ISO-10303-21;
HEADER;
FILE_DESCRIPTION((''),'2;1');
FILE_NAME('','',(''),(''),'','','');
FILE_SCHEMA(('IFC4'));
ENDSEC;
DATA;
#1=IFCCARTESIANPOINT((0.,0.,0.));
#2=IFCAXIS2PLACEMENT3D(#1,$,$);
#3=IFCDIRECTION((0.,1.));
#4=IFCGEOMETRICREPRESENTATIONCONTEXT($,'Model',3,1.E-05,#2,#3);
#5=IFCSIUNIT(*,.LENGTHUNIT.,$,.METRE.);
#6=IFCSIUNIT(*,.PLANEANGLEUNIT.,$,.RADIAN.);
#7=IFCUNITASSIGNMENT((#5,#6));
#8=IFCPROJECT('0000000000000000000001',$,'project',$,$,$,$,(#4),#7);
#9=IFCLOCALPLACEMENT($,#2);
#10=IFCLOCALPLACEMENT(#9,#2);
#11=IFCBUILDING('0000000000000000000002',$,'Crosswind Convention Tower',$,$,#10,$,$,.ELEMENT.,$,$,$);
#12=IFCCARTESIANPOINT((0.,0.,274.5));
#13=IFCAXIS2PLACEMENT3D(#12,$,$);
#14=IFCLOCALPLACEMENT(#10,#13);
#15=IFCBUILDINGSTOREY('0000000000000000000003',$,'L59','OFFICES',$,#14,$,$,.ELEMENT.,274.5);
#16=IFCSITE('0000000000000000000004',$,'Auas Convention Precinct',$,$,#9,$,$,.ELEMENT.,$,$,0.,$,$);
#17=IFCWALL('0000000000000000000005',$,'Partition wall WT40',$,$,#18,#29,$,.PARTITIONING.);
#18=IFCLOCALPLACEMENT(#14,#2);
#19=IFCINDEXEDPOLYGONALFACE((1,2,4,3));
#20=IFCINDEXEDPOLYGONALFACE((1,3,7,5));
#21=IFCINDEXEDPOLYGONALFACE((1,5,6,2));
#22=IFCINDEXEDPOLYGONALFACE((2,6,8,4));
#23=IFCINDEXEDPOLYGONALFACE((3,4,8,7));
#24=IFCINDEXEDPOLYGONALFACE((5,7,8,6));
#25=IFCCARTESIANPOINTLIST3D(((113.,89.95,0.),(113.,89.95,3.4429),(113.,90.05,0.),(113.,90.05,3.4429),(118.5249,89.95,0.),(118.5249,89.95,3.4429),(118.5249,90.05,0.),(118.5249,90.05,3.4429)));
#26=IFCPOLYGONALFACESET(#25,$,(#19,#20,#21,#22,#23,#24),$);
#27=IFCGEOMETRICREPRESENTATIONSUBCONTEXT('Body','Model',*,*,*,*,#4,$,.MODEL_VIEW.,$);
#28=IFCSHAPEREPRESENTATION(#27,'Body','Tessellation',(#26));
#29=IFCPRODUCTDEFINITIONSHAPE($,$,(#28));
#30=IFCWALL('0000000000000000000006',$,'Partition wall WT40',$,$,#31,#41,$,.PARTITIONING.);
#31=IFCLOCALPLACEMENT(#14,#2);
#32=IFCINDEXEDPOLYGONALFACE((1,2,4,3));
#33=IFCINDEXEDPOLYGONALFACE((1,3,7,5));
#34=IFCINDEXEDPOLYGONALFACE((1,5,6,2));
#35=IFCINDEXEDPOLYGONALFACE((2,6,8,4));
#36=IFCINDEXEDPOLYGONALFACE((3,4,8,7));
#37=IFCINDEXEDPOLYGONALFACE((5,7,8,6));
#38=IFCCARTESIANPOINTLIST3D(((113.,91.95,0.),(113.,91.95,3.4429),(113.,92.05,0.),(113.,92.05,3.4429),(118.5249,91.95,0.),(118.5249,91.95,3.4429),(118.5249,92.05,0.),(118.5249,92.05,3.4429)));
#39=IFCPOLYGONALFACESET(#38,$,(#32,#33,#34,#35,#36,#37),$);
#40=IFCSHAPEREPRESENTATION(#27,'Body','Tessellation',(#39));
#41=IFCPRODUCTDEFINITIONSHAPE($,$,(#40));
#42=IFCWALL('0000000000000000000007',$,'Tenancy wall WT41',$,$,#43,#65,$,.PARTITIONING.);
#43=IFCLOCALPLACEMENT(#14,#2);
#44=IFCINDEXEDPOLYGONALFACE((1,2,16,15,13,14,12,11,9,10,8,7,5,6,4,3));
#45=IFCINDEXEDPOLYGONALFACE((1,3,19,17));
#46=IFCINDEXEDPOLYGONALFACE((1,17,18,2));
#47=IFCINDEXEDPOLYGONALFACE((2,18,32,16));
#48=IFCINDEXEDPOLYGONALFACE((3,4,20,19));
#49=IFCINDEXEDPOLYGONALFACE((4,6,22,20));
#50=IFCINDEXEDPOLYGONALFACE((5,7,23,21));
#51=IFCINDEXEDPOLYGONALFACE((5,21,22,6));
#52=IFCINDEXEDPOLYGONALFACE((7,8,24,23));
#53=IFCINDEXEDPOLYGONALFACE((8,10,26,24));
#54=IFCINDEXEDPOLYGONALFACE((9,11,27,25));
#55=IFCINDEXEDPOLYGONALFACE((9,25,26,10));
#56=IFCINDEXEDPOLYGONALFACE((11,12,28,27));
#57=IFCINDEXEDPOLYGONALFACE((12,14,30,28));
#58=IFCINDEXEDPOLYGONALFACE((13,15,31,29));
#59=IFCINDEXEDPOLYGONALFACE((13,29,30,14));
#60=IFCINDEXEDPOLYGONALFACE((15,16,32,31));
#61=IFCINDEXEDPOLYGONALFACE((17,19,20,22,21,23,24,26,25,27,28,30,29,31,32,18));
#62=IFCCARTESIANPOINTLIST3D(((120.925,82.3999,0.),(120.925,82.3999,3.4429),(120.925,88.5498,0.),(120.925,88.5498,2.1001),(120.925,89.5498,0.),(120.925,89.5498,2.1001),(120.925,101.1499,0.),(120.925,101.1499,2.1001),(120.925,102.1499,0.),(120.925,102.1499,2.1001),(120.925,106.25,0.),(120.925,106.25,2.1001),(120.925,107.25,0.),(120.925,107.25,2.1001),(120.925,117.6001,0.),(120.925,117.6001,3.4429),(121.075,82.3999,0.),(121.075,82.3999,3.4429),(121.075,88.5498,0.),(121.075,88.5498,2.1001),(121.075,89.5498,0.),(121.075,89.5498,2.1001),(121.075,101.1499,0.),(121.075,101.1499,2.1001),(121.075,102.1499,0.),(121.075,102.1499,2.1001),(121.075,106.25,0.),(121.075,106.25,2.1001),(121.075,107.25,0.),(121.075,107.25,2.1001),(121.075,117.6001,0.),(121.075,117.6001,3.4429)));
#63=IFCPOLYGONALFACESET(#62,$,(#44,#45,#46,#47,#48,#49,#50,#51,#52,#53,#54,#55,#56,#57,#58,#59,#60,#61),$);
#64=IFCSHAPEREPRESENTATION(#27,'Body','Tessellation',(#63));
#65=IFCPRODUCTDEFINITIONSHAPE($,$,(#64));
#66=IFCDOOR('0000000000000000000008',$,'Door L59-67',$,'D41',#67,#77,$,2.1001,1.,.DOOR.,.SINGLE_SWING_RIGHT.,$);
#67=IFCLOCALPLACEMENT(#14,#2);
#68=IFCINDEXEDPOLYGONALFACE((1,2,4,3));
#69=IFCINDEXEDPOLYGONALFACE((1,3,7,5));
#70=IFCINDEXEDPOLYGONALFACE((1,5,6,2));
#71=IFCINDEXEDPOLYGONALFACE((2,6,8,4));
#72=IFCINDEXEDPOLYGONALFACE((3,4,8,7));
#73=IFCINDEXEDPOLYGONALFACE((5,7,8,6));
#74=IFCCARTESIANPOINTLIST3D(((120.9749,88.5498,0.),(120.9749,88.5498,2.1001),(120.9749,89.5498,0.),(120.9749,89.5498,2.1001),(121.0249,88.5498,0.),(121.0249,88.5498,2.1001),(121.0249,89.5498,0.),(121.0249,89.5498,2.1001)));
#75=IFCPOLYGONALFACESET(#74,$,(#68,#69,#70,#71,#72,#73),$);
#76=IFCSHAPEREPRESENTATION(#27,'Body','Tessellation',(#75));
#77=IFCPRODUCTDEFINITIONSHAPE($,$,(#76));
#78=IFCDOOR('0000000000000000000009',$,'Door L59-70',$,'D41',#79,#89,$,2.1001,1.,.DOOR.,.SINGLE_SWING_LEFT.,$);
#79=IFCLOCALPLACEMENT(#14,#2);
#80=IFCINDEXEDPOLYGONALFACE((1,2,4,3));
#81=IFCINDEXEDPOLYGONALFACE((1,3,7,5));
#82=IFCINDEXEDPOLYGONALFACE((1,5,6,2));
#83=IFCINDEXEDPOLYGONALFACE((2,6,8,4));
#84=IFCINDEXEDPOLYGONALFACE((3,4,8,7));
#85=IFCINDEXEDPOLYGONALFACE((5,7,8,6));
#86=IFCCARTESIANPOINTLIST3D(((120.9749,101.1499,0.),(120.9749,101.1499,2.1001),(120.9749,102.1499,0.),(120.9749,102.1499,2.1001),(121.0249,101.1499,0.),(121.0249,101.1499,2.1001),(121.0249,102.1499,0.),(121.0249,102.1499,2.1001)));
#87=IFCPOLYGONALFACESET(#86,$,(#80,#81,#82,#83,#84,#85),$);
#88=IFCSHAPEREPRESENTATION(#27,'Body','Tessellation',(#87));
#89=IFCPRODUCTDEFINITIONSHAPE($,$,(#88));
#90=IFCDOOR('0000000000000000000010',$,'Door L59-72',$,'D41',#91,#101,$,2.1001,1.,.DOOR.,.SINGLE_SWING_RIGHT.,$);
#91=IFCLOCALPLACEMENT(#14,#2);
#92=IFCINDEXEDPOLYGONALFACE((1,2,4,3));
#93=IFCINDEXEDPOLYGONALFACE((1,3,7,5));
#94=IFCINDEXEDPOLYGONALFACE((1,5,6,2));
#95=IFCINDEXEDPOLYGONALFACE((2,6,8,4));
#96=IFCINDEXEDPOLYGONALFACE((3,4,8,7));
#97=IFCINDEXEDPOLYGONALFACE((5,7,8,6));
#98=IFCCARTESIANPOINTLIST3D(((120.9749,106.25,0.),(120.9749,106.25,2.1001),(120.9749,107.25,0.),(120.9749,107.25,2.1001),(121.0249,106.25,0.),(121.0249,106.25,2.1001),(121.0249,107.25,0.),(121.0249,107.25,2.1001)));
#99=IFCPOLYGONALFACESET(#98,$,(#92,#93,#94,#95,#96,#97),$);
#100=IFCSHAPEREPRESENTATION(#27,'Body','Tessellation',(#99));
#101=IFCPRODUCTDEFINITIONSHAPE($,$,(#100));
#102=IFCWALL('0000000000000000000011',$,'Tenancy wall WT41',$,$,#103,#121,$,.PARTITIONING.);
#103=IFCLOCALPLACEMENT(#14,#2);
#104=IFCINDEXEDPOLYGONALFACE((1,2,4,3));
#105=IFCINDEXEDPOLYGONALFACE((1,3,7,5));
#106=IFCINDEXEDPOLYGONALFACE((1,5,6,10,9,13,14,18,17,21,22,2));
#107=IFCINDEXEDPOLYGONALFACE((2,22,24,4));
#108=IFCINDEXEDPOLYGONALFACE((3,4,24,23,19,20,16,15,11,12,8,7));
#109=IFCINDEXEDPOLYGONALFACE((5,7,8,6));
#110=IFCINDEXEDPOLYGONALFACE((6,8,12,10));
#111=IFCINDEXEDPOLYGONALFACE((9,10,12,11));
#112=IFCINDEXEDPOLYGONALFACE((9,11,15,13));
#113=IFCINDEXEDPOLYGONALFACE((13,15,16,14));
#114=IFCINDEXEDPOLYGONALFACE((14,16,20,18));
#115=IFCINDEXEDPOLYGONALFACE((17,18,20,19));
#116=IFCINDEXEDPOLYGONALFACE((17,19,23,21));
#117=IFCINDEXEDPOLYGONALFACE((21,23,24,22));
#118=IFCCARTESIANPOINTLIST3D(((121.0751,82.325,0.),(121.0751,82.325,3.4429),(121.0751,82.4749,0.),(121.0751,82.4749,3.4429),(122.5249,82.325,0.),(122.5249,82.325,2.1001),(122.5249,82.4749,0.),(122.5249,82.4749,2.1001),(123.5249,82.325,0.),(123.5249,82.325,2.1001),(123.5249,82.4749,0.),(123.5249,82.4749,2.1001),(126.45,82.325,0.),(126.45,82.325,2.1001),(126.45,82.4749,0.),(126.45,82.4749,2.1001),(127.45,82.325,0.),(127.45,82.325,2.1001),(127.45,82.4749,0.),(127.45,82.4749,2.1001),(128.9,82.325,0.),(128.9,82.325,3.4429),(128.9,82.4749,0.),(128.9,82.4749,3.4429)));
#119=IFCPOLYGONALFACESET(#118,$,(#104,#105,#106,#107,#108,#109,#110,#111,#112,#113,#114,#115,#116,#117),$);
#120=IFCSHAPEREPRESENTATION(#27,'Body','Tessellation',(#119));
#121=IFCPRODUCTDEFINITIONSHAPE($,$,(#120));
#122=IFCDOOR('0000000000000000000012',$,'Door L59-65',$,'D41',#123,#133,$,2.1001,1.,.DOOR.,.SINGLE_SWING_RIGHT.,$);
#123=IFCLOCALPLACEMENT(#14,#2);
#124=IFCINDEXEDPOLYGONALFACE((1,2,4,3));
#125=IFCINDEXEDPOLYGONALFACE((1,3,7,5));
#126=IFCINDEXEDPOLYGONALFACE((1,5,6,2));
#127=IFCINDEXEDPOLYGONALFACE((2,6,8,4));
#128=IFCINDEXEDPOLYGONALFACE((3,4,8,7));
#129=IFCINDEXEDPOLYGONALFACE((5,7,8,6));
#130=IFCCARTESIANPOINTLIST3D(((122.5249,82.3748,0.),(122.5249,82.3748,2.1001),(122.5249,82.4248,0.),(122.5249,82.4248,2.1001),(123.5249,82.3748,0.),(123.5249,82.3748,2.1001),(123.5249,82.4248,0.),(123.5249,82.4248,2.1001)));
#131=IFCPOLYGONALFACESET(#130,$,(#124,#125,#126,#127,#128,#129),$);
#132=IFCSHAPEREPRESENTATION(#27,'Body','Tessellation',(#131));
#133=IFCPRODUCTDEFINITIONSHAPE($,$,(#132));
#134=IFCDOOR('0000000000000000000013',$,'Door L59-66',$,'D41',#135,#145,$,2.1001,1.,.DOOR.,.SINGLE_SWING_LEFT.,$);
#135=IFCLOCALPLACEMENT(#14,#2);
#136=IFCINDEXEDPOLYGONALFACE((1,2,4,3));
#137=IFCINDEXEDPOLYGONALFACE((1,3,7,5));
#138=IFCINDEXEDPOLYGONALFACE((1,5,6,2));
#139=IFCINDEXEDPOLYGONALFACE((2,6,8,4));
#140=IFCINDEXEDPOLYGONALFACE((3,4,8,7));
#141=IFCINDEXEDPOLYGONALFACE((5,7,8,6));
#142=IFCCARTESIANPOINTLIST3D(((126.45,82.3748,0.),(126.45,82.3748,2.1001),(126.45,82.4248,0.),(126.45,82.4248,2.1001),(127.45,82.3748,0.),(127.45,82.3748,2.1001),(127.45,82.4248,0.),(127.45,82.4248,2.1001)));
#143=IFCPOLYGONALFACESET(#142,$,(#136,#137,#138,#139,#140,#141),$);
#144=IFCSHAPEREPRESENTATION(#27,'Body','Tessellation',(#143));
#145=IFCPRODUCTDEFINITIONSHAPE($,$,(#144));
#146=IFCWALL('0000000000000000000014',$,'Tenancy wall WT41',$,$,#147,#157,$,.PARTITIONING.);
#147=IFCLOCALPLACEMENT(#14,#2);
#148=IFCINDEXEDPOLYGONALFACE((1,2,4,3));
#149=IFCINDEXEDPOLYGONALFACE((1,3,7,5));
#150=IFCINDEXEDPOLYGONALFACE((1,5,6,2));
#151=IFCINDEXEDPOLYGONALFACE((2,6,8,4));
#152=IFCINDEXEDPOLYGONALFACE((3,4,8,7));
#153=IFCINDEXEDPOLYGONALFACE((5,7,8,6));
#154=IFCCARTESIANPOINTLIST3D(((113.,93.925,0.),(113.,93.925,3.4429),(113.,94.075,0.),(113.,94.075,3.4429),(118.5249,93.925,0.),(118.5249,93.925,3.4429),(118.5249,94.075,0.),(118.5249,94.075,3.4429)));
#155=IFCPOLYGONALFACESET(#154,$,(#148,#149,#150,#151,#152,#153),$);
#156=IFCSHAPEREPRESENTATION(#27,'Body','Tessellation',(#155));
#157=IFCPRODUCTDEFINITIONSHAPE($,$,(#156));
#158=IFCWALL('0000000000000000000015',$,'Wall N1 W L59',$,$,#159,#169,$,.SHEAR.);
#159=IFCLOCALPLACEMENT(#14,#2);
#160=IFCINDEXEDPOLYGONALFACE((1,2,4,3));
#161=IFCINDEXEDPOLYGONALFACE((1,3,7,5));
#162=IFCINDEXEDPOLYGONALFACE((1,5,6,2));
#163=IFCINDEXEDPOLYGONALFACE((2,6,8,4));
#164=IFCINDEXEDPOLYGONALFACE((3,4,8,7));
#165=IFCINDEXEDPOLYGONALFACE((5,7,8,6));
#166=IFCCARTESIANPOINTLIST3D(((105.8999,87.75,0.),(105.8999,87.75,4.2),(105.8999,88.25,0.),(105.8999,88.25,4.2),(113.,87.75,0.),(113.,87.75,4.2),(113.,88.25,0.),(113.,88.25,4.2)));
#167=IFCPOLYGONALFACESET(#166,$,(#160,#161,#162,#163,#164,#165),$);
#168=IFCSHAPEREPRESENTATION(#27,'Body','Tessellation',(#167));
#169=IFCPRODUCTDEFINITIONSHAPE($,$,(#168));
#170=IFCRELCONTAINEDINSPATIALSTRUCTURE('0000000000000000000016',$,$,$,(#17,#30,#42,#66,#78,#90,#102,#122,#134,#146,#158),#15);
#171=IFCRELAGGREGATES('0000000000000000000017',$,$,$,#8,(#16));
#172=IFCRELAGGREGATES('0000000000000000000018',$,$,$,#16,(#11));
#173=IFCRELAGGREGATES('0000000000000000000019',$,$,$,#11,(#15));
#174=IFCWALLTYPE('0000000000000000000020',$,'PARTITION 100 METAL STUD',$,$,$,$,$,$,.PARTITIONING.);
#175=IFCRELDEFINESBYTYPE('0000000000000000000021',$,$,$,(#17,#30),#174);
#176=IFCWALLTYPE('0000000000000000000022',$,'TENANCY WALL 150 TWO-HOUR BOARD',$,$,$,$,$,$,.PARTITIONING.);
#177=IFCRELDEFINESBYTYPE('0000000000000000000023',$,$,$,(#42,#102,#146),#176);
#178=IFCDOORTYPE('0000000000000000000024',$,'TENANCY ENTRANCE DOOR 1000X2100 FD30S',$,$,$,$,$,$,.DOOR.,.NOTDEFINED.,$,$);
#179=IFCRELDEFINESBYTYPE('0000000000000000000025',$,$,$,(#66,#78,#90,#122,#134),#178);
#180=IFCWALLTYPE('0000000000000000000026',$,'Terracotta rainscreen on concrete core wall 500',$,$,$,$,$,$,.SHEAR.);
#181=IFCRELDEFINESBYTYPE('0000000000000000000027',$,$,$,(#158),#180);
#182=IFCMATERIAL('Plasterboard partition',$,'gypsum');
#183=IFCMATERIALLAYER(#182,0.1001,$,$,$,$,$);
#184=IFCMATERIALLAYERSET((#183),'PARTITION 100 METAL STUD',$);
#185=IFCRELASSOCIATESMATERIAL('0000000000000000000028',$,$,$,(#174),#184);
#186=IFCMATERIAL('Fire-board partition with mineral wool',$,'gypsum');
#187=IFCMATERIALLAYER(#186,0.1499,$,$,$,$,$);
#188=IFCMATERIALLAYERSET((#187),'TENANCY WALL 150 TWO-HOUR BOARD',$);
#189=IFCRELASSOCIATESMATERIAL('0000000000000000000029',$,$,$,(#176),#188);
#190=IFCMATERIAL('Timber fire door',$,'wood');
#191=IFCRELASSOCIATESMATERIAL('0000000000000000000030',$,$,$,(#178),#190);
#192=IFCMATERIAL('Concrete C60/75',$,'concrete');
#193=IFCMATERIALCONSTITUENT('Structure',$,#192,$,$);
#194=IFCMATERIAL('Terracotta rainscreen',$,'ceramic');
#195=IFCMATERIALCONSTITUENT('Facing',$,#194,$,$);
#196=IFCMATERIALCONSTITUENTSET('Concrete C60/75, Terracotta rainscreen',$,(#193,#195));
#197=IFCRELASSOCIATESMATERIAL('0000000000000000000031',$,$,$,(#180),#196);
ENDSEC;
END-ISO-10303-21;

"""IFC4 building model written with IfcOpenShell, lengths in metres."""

from ifc_helpers import new_model, si_unit, direction, frame, frame_2d, origin, place, context, subcontext, project, spatial, rectangle, extrude, material, layer, layer_set, constituent, constituent_set, type_object, element, fill, save


model = new_model("IFC4")

# Units and contexts
model_context = context("Model", 3, precision=1e-05, world=origin(), true_north=direction((0.0, 1.0)))
body_context = subcontext(model_context, "Body", "Model", "MODEL_VIEW")
ifc_project = project(units=[si_unit("LENGTHUNIT", "METRE"), si_unit("PLANEANGLEUNIT", "RADIAN")], contexts=[model_context])

# Site, building, storey
site_placement = place(None, origin())
site = spatial("IfcSite", under=ifc_project, at=site_placement, Name="Auas Convention Precinct", CompositionType="ELEMENT", RefElevation=0.0)
building_placement = place(site_placement, origin())
building = spatial("IfcBuilding", under=site, at=building_placement, Name="Crosswind Convention Tower", CompositionType="ELEMENT")
storey_placement = place(building_placement, frame((0.0, 0.0, 274.5)))
storey = spatial("IfcBuildingStorey", under=building, at=storey_placement, Name="L59", Description="OFFICES", CompositionType="ELEMENT", Elevation=274.5)

# Shared definitions
ifc_material_1 = material(Name="Concrete C60/75", Category="concrete")

# Walls
ifc_material_2 = material(Name="Plasterboard partition", Category="gypsum")
ifc_layer_1 = layer(ifc_material_2, 0.1001)
ifc_layer_set_1 = layer_set([ifc_layer_1], Name="PARTITION 100 METAL STUD")
wall_type_1 = type_object("IfcWallType", Name="PARTITION 100 METAL STUD", PredefinedType="PARTITIONING", material=ifc_layer_set_1)
for number, where, z_axis, x_axis, name in (
    (1, (113.0, 90.0, 0.0), (0.0, 0.0, 1.0), (1.0, 0.0, 0.0), "Partition wall WT40"),
    (2, (113.0, 92.0, 0.0), (0.0, 0.0, 1.0), (1.0, 0.0, 0.0), "Partition wall WT40"),
):
    element("IfcWall", number, at=place(storey_placement, frame(where, z_axis=z_axis, x_axis=x_axis)), inside=storey, type_object=wall_type_1, Name=name, PredefinedType="PARTITIONING", context=body_context, shape_type="SweptSolid", body=[
        extrude(rectangle(XDim=5.5249, YDim=0.1001, at=frame_2d((2.7625, 0.0))), origin(), (0.0, 0.0, 1.0), 3.4429),
    ])

# Walls, openings, doors
ifc_material_3 = material(Name="Fire-board partition with mineral wool", Category="gypsum")
ifc_layer_2 = layer(ifc_material_3, 0.1499)
ifc_layer_set_2 = layer_set([ifc_layer_2], Name="TENANCY WALL 150 TWO-HOUR BOARD")
wall_type_2 = type_object("IfcWallType", Name="TENANCY WALL 150 TWO-HOUR BOARD", PredefinedType="PARTITIONING", material=ifc_layer_set_2)
wall_1_placement = place(storey_placement, frame((121.0, 82.3999, 0.0), z_axis=(0.0, 0.0, 1.0), x_axis=(0.0, 1.0, 0.0)))
wall_1 = element("IfcWall", 3, at=wall_1_placement, inside=storey, type_object=wall_type_2, Name="Tenancy wall WT41", PredefinedType="PARTITIONING", context=body_context, shape_type="SweptSolid", body=[
    extrude(rectangle(XDim=35.2002, YDim=0.1499, at=frame_2d((17.6001, 0.0))), origin(), (0.0, 0.0, 1.0), 3.4429),
])
opening_1_placement = place(wall_1_placement, frame((6.1499, 0.0, 0.0)))
opening_1 = element("IfcOpeningElement", 4, at=opening_1_placement, cuts=wall_1, PredefinedType="OPENING", context=body_context, shape_type="SweptSolid", body=[
    extrude(rectangle(XDim=1.0, YDim=2.1001, at=frame_2d((0.5, 1.05))), frame((0.0, 0.085, 0.0), z_axis=(0.0, -1.0, 0.0), x_axis=(1.0, 0.0, 0.0)), (0.0, 0.0, 1.0), 0.1699),
])
opening_2_placement = place(wall_1_placement, frame((18.75, 0.0, 0.0)))
opening_2 = element("IfcOpeningElement", 5, at=opening_2_placement, cuts=wall_1, PredefinedType="OPENING", context=body_context, shape_type="SweptSolid", body=[
    extrude(rectangle(XDim=1.0, YDim=2.1001, at=frame_2d((0.5, 1.05))), frame((0.0, 0.085, 0.0), z_axis=(0.0, -1.0, 0.0), x_axis=(1.0, 0.0, 0.0)), (0.0, 0.0, 1.0), 0.1699),
])
opening_3_placement = place(wall_1_placement, frame((23.8501, 0.0, 0.0)))
opening_3 = element("IfcOpeningElement", 6, at=opening_3_placement, cuts=wall_1, PredefinedType="OPENING", context=body_context, shape_type="SweptSolid", body=[
    extrude(rectangle(XDim=1.0, YDim=2.1001, at=frame_2d((0.5, 1.05))), frame((0.0, 0.085, 0.0), z_axis=(0.0, -1.0, 0.0), x_axis=(1.0, 0.0, 0.0)), (0.0, 0.0, 1.0), 0.1699),
])
ifc_material_4 = material(Name="Timber fire door", Category="wood")
door_type = type_object("IfcDoorType", Name="TENANCY ENTRANCE DOOR 1000X2100 FD30S", OperationType="NOTDEFINED", PredefinedType="DOOR", material=ifc_material_4)
door_1_placement = place(opening_1_placement, frame((1.0, 0.0, 0.0), z_axis=(0.0, 0.0, 1.0), x_axis=(-1.0, 0.0, 0.0)))
door_1 = element("IfcDoor", 7, at=door_1_placement, inside=storey, type_object=door_type, Name="Door L59-67", ObjectType="D41", OperationType="SINGLE_SWING_RIGHT", OverallHeight=2.1001, OverallWidth=1.0, PredefinedType="DOOR", context=body_context, shape_type="SweptSolid", body=[
    extrude(rectangle(XDim=1.0, YDim=2.1001, at=frame_2d((0.5, 1.05))), frame((0.0, 0.0249, 0.0), z_axis=(0.0, -1.0, 0.0), x_axis=(1.0, 0.0, 0.0)), (0.0, 0.0, 1.0), 0.05),
])
fill(opening_1, door_1)
door_2_placement = place(opening_2_placement, frame((1.0, 0.0, 0.0), z_axis=(0.0, 0.0, 1.0), x_axis=(-1.0, 0.0, 0.0)))
door_2 = element("IfcDoor", 8, at=door_2_placement, inside=storey, type_object=door_type, Name="Door L59-70", ObjectType="D41", OperationType="SINGLE_SWING_LEFT", OverallHeight=2.1001, OverallWidth=1.0, PredefinedType="DOOR", context=body_context, shape_type="SweptSolid", body=[
    extrude(rectangle(XDim=1.0, YDim=2.1001, at=frame_2d((0.5, 1.05))), frame((0.0, 0.0249, 0.0), z_axis=(0.0, -1.0, 0.0), x_axis=(1.0, 0.0, 0.0)), (0.0, 0.0, 1.0), 0.05),
])
fill(opening_2, door_2)
door_3_placement = place(opening_3_placement, frame((1.0, 0.0, 0.0), z_axis=(0.0, 0.0, 1.0), x_axis=(-1.0, 0.0, 0.0)))
door_3 = element("IfcDoor", 9, at=door_3_placement, inside=storey, type_object=door_type, Name="Door L59-72", ObjectType="D41", OperationType="SINGLE_SWING_RIGHT", OverallHeight=2.1001, OverallWidth=1.0, PredefinedType="DOOR", context=body_context, shape_type="SweptSolid", body=[
    extrude(rectangle(XDim=1.0, YDim=2.1001, at=frame_2d((0.5, 1.05))), frame((0.0, 0.0249, 0.0), z_axis=(0.0, -1.0, 0.0), x_axis=(1.0, 0.0, 0.0)), (0.0, 0.0, 1.0), 0.05),
])
fill(opening_3, door_3)
wall_2_placement = place(storey_placement, frame((121.075, 82.3999, 0.0), z_axis=(0.0, 0.0, 1.0), x_axis=(1.0, 0.0, 0.0)))
wall_2 = element("IfcWall", 10, at=wall_2_placement, inside=storey, type_object=wall_type_2, Name="Tenancy wall WT41", PredefinedType="PARTITIONING", context=body_context, shape_type="SweptSolid", body=[
    extrude(rectangle(XDim=7.825, YDim=0.1499, at=frame_2d((3.9126, 0.0))), origin(), (0.0, 0.0, 1.0), 3.4429),
])
opening_4_placement = place(wall_2_placement, frame((1.45, 0.0, 0.0)))
opening_4 = element("IfcOpeningElement", 11, at=opening_4_placement, cuts=wall_2, PredefinedType="OPENING", context=body_context, shape_type="SweptSolid", body=[
    extrude(rectangle(XDim=1.0, YDim=2.1001, at=frame_2d((0.5, 1.05))), frame((0.0, 0.085, 0.0), z_axis=(0.0, -1.0, 0.0), x_axis=(1.0, 0.0, 0.0)), (0.0, 0.0, 1.0), 0.1699),
])
opening_5_placement = place(wall_2_placement, frame((5.375, 0.0, 0.0)))
opening_5 = element("IfcOpeningElement", 12, at=opening_5_placement, cuts=wall_2, PredefinedType="OPENING", context=body_context, shape_type="SweptSolid", body=[
    extrude(rectangle(XDim=1.0, YDim=2.1001, at=frame_2d((0.5, 1.05))), frame((0.0, 0.085, 0.0), z_axis=(0.0, -1.0, 0.0), x_axis=(1.0, 0.0, 0.0)), (0.0, 0.0, 1.0), 0.1699),
])
door_4_placement = place(opening_4_placement, origin())
door_4 = element("IfcDoor", 13, at=door_4_placement, inside=storey, type_object=door_type, Name="Door L59-65", ObjectType="D41", OperationType="SINGLE_SWING_RIGHT", OverallHeight=2.1001, OverallWidth=1.0, PredefinedType="DOOR", context=body_context, shape_type="SweptSolid", body=[
    extrude(rectangle(XDim=1.0, YDim=2.1001, at=frame_2d((0.5, 1.05))), frame((0.0, 0.0249, 0.0), z_axis=(0.0, -1.0, 0.0), x_axis=(1.0, 0.0, 0.0)), (0.0, 0.0, 1.0), 0.05),
])
fill(opening_4, door_4)
door_5_placement = place(opening_5_placement, origin())
door_5 = element("IfcDoor", 14, at=door_5_placement, inside=storey, type_object=door_type, Name="Door L59-66", ObjectType="D41", OperationType="SINGLE_SWING_LEFT", OverallHeight=2.1001, OverallWidth=1.0, PredefinedType="DOOR", context=body_context, shape_type="SweptSolid", body=[
    extrude(rectangle(XDim=1.0, YDim=2.1001, at=frame_2d((0.5, 1.05))), frame((0.0, 0.0249, 0.0), z_axis=(0.0, -1.0, 0.0), x_axis=(1.0, 0.0, 0.0)), (0.0, 0.0, 1.0), 0.05),
])
fill(opening_5, door_5)

# Walls
wall_3_placement = place(storey_placement, frame((113.0, 94.0, 0.0), z_axis=(0.0, 0.0, 1.0), x_axis=(1.0, 0.0, 0.0)))
element("IfcWall", 15, at=wall_3_placement, inside=storey, type_object=wall_type_2, Name="Tenancy wall WT41", PredefinedType="PARTITIONING", context=body_context, shape_type="SweptSolid", body=[
    extrude(rectangle(XDim=5.5249, YDim=0.1499, at=frame_2d((2.7625, 0.0))), origin(), (0.0, 0.0, 1.0), 3.4429),
])
ifc_constituent_1 = constituent(ifc_material_1, Name="Structure")
ifc_material_5 = material(Name="Terracotta rainscreen", Category="ceramic")
ifc_constituent_2 = constituent(ifc_material_5, Name="Facing")
ifc_constituent_set = constituent_set(constituents=[ifc_constituent_1, ifc_constituent_2], Name="Concrete C60/75, Terracotta rainscreen")
wall_type_3 = type_object("IfcWallType", Name="Terracotta rainscreen on concrete core wall 500", PredefinedType="SHEAR", material=ifc_constituent_set)
wall_4_placement = place(storey_placement, frame((113.0, 88.0, 0.0), z_axis=(0.0, 0.0, 1.0), x_axis=(-1.0, 0.0, 0.0)))
element("IfcWall", 16, at=wall_4_placement, inside=storey, type_object=wall_type_3, Name="Wall N1 W L59", PredefinedType="SHEAR", context=body_context, shape_type="SweptSolid", body=[
    extrude(rectangle(XDim=7.1001, YDim=0.5, at=frame_2d((3.55, 0.0))), origin(), (0.0, 0.0, 1.0), 4.2),
])

save(model, "model.ifc")
